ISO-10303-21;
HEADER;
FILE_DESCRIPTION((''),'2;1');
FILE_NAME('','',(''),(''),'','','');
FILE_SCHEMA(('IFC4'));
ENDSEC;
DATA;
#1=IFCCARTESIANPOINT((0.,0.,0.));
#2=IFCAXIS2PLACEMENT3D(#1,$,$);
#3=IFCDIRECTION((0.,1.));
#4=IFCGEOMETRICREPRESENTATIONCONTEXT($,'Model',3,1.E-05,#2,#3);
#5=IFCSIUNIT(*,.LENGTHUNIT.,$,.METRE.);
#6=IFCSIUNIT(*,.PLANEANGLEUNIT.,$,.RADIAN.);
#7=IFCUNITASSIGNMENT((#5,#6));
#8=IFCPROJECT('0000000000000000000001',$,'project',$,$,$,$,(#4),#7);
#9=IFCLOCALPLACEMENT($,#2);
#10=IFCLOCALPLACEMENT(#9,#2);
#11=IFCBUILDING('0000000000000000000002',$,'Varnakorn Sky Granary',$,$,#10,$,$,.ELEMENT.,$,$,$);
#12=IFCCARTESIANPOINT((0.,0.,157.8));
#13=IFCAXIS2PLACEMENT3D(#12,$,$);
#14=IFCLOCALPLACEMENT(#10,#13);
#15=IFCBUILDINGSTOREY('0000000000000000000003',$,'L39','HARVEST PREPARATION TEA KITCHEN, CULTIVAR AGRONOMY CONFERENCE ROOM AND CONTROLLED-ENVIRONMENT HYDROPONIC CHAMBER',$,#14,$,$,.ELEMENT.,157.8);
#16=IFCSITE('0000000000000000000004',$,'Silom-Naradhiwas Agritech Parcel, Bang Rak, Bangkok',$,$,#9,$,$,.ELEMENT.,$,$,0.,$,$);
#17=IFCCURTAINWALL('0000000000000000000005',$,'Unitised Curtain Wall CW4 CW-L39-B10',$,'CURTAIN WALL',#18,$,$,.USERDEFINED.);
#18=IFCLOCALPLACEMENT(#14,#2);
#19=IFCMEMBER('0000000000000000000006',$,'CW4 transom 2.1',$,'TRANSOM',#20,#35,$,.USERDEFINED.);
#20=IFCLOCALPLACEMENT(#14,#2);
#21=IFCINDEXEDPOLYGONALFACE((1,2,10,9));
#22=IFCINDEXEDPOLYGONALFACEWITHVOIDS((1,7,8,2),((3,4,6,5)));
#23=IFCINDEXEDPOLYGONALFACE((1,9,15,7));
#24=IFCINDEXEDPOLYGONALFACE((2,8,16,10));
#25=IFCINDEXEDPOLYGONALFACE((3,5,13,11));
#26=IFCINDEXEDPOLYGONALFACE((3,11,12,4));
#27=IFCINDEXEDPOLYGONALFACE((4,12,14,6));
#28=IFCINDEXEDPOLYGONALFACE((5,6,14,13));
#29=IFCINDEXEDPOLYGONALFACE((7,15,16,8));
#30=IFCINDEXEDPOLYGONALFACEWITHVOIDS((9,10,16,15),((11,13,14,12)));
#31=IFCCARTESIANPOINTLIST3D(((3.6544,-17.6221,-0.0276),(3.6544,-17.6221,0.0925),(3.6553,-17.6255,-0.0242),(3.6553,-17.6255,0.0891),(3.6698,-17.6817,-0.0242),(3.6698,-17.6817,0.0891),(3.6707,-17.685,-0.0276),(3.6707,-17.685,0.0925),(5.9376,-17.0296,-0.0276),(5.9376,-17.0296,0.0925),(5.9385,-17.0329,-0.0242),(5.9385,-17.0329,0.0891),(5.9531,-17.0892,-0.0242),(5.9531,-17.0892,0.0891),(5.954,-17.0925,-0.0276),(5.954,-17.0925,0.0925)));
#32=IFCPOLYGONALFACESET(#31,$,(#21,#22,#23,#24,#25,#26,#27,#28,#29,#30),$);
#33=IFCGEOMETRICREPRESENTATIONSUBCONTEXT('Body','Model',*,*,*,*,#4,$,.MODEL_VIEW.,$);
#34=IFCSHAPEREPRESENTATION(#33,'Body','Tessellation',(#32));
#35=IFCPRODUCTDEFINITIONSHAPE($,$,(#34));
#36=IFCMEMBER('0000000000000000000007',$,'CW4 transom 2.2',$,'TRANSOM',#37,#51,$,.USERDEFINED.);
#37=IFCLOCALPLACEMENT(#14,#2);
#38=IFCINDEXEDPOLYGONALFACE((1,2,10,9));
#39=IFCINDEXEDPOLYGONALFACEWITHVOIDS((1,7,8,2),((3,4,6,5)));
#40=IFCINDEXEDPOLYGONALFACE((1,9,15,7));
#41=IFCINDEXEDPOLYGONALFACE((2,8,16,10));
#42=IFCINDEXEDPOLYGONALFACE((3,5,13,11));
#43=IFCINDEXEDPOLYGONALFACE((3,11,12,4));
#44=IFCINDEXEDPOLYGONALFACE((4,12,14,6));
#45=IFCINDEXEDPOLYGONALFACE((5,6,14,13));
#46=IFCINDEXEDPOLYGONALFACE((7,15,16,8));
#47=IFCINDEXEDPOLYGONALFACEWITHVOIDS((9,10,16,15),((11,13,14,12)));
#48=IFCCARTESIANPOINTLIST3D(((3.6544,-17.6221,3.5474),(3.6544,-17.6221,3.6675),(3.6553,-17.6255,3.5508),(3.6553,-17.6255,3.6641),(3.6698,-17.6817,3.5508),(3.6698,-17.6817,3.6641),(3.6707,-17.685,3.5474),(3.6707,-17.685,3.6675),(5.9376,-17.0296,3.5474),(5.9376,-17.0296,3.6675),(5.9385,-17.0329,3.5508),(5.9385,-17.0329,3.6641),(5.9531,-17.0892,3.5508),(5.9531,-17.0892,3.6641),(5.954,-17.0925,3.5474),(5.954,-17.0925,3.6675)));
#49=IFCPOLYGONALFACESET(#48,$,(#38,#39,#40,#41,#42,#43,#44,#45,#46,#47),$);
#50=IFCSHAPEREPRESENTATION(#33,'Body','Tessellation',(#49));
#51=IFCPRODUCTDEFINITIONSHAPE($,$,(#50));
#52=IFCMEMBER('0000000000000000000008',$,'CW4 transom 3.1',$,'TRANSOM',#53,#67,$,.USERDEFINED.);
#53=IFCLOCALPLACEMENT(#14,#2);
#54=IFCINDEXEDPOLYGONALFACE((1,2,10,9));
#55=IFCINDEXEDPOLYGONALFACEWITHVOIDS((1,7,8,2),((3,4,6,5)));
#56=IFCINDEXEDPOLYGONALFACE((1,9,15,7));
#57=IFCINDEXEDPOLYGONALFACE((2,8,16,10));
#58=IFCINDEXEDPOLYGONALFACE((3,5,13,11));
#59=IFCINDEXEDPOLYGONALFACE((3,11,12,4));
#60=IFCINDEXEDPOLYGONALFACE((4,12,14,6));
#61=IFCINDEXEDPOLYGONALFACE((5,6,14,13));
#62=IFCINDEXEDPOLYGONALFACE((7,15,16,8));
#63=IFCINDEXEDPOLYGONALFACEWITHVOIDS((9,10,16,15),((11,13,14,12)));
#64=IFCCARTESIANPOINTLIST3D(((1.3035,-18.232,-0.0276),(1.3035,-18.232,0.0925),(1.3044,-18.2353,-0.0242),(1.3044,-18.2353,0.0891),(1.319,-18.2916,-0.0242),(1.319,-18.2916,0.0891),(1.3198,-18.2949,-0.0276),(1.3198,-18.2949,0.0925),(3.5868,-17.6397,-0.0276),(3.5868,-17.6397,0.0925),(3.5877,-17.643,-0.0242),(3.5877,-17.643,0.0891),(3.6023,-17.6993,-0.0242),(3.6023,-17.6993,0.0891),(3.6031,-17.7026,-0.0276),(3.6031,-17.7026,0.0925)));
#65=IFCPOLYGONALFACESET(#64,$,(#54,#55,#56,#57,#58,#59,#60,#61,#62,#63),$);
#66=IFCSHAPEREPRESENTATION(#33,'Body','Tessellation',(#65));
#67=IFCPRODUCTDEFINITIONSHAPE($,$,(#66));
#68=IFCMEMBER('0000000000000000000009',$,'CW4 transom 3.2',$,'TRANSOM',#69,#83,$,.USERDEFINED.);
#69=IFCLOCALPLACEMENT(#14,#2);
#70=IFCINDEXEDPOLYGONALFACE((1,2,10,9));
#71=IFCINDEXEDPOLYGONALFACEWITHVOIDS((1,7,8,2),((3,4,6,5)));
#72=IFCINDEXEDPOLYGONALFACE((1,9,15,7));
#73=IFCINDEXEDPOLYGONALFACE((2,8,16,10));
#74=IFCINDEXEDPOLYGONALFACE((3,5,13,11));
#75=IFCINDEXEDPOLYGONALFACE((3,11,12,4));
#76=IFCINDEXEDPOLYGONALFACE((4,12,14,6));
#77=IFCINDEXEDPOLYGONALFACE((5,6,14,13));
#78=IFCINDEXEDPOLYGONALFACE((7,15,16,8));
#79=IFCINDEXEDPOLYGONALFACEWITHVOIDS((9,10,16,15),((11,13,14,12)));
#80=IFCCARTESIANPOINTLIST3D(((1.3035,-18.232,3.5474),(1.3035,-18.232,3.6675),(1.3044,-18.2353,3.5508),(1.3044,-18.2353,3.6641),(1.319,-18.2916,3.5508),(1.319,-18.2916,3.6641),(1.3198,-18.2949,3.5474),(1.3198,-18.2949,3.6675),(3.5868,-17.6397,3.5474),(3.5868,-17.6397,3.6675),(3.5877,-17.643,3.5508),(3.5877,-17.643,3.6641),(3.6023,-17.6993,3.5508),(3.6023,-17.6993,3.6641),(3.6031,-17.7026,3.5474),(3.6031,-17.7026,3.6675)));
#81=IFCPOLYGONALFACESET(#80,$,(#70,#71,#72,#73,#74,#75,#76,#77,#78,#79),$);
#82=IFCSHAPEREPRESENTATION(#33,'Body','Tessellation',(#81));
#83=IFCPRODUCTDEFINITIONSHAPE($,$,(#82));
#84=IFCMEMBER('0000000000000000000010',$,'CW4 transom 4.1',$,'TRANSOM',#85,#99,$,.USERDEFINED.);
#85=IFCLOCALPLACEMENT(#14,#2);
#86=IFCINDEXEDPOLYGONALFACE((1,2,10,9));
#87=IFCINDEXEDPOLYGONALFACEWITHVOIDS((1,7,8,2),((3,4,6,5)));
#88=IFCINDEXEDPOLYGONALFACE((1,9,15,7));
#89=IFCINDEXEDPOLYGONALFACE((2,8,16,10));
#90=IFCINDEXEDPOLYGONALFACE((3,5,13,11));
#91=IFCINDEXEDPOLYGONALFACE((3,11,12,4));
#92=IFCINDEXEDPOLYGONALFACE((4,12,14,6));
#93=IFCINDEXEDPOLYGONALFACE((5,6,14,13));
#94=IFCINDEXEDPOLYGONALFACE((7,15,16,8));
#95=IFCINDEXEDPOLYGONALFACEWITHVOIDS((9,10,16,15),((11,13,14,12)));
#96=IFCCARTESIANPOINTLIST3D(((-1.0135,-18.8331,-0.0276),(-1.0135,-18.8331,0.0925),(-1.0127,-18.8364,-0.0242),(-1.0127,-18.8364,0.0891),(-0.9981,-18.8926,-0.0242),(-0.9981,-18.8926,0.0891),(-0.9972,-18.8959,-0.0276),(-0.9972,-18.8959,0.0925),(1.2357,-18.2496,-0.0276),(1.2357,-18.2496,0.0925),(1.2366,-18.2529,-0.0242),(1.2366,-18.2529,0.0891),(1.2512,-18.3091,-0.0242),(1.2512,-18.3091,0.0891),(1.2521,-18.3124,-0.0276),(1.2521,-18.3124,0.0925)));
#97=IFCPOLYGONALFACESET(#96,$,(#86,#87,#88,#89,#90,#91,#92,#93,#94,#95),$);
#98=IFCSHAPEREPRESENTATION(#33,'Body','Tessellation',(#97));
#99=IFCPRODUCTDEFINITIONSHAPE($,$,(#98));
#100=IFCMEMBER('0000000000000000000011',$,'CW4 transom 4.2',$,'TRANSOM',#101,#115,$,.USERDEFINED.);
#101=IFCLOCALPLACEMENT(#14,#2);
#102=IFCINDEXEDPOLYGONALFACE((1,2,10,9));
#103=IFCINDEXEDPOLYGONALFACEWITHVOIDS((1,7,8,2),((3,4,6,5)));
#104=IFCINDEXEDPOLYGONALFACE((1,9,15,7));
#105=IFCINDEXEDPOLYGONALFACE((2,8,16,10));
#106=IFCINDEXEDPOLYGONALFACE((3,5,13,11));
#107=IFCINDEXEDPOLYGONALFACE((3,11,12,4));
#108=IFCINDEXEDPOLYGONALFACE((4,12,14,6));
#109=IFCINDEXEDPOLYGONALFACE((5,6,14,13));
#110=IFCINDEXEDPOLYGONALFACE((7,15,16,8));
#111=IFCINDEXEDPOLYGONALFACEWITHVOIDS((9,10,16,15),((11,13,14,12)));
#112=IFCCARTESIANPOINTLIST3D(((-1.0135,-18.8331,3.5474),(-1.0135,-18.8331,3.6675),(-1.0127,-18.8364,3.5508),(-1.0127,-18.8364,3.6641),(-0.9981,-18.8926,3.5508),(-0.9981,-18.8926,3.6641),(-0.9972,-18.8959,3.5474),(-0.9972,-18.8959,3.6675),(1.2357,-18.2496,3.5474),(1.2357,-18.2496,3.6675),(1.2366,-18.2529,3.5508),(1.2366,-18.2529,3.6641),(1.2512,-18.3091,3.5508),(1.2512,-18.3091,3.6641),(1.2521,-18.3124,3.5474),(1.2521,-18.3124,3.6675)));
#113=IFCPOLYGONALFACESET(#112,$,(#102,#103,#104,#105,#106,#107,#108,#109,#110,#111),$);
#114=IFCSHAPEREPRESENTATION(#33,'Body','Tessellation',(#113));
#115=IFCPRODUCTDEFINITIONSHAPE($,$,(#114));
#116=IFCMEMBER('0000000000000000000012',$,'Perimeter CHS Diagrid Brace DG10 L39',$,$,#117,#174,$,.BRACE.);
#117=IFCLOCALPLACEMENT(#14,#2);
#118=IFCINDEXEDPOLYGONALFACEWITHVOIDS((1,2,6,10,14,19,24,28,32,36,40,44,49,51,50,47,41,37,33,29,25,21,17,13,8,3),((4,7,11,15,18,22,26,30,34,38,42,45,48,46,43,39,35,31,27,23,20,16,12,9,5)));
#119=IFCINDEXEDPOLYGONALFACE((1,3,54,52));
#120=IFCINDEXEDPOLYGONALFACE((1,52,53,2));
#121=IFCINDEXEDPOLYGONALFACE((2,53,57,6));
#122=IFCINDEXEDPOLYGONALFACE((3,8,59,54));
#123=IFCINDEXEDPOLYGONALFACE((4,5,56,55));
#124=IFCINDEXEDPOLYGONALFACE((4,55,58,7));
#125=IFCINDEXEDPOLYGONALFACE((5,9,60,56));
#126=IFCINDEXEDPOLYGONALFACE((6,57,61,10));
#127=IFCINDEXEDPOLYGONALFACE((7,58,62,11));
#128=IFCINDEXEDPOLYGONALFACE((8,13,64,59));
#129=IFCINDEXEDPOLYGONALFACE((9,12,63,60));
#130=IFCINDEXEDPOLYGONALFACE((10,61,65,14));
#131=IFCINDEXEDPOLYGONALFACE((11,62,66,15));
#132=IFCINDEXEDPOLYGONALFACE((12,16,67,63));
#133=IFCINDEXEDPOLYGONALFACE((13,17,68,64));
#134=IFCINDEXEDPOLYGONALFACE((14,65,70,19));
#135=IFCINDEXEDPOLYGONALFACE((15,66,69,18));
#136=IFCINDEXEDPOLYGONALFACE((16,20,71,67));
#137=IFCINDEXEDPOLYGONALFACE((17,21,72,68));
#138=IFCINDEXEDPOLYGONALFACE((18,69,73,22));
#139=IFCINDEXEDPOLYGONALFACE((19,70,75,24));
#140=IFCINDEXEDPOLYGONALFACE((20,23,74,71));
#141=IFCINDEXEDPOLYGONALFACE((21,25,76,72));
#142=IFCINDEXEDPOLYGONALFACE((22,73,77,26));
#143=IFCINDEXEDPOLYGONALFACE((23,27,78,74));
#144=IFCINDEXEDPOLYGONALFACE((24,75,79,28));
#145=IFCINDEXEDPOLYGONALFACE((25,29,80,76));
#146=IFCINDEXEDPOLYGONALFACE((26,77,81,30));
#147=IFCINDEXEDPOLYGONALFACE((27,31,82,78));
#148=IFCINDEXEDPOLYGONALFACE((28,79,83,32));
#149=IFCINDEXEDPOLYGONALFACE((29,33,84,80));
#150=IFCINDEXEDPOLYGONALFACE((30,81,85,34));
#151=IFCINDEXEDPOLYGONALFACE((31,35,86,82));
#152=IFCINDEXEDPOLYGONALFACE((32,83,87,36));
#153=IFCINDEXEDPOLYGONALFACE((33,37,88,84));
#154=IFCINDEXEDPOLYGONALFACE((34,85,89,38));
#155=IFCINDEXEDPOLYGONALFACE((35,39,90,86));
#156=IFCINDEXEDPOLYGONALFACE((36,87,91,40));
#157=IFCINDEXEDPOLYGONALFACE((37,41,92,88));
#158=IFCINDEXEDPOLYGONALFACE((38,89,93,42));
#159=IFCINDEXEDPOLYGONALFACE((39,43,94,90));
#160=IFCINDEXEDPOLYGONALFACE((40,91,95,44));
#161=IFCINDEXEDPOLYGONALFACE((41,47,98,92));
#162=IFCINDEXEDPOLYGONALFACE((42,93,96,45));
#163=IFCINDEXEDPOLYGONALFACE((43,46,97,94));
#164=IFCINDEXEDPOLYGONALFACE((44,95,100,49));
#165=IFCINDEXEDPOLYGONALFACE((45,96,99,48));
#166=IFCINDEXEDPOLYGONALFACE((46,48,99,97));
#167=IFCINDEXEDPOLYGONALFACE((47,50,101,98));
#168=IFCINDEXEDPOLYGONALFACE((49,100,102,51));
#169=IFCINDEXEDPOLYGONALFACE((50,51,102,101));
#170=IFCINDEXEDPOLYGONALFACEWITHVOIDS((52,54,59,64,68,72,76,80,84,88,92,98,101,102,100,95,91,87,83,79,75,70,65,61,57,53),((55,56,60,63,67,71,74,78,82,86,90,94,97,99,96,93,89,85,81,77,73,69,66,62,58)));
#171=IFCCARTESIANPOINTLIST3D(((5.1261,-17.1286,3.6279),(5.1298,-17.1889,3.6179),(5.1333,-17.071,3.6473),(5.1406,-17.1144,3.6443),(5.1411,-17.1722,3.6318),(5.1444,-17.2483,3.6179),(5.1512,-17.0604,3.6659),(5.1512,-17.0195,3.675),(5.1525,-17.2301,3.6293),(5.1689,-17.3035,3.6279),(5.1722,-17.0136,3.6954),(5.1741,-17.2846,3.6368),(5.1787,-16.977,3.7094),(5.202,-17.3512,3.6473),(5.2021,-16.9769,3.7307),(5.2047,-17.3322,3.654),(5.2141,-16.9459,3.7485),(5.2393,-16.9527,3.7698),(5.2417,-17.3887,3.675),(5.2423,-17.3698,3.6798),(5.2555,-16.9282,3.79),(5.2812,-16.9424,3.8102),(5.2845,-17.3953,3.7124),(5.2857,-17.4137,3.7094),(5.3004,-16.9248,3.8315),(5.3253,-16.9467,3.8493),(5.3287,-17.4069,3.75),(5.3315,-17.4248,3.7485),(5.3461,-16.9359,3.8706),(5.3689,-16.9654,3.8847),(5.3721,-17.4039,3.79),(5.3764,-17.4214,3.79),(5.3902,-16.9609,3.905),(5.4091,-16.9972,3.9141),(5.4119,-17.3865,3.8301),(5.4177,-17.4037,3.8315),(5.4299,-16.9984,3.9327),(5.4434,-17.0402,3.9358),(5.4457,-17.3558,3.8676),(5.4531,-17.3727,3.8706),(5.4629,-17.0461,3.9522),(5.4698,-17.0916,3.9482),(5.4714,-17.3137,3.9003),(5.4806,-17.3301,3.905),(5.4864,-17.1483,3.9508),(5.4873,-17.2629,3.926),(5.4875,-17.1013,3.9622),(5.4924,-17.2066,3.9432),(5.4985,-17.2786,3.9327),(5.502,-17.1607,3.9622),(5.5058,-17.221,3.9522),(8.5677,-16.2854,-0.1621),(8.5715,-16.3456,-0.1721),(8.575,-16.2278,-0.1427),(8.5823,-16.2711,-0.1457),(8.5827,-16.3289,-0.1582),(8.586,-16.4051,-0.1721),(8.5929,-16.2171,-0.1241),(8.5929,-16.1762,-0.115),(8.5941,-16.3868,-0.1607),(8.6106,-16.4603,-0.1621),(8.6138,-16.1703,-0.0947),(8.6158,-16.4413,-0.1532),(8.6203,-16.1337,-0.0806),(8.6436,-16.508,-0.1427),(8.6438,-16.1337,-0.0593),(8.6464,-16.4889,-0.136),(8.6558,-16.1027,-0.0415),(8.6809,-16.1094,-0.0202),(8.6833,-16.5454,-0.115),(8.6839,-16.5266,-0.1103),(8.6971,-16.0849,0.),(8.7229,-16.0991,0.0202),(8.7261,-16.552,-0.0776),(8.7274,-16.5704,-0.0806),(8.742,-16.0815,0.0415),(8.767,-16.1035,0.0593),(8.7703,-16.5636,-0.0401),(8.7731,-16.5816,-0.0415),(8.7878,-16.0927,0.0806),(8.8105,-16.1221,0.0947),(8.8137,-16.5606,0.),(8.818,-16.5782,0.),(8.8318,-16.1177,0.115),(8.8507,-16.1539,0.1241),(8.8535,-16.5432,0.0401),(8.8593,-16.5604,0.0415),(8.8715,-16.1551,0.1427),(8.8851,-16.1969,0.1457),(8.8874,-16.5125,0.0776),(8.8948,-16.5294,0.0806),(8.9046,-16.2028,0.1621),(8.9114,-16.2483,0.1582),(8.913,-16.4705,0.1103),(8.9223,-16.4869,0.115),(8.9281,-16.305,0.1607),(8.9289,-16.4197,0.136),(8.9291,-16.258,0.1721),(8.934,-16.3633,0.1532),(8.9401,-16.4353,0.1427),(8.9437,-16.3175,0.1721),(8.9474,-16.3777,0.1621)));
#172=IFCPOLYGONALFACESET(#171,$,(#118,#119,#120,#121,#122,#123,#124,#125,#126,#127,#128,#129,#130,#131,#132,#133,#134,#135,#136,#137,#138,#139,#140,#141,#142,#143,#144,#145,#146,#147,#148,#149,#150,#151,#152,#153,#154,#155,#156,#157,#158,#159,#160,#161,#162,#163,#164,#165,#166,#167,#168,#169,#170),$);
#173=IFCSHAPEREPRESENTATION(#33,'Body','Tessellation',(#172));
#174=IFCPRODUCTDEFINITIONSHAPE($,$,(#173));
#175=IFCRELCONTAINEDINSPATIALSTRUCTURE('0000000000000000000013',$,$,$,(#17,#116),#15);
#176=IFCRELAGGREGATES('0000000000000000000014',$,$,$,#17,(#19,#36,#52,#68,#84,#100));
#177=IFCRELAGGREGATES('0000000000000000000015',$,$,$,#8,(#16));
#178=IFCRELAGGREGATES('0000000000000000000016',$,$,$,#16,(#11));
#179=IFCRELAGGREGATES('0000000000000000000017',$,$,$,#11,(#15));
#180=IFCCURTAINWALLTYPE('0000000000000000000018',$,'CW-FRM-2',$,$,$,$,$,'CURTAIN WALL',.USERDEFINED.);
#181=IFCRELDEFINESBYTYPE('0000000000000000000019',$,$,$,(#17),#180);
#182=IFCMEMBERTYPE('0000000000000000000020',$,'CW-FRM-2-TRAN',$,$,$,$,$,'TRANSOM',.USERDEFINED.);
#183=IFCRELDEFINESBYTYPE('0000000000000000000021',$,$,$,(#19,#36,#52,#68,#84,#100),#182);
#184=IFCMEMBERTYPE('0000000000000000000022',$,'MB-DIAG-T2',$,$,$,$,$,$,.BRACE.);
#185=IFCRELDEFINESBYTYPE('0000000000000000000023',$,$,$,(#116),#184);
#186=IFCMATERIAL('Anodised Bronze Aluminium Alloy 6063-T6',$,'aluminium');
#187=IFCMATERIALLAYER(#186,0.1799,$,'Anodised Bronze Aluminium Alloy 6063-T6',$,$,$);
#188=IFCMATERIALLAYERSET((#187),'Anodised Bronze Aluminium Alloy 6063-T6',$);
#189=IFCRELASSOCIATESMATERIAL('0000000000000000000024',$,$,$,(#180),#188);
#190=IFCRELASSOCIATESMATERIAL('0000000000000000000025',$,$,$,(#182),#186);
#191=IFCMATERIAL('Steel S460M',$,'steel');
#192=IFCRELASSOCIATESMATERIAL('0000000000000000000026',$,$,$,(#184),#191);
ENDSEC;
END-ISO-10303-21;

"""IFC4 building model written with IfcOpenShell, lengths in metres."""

from ifc_helpers import new_model, si_unit, direction, frame, origin, origin_2d, place, context, subcontext, project, spatial, hollow_rectangle, hollow_circle, extrude, material, layer, layer_set, material_profile, profile_set, type_object, element, aggregate, save


model = new_model("IFC4")

# Units and contexts
model_context = context("Model", 3, precision=1e-05, world=origin(), true_north=direction((0.0, 1.0)))
body_context = subcontext(model_context, "Body", "Model", "MODEL_VIEW")
ifc_project = project(units=[si_unit("LENGTHUNIT", "METRE"), si_unit("PLANEANGLEUNIT", "RADIAN")], contexts=[model_context])

# Site, building, storey
site_placement = place(None, origin())
site = spatial("IfcSite", under=ifc_project, at=site_placement, Name="Silom-Naradhiwas Agritech Parcel, Bang Rak, Bangkok", CompositionType="ELEMENT", RefElevation=0.0)
building_placement = place(site_placement, origin())
building = spatial("IfcBuilding", under=site, at=building_placement, Name="Varnakorn Sky Granary", CompositionType="ELEMENT")
storey_placement = place(building_placement, frame((0.0, 0.0, 157.8)))
storey = spatial("IfcBuildingStorey", under=building, at=storey_placement, Name="L39", Description="HARVEST PREPARATION TEA KITCHEN, CULTIVAR AGRONOMY CONFERENCE ROOM AND CONTROLLED-ENVIRONMENT HYDROPONIC CHAMBER", CompositionType="ELEMENT", Elevation=157.8)

# Shared definitions
ifc_material_1 = material(Name="Steel S460M", Category="steel")

# Curtain wall, members
ifc_material_2 = material(Name="Anodised Bronze Aluminium Alloy 6063-T6", Category="aluminium")
ifc_layer_1 = layer(ifc_material_2, 0.1799, Name="Anodised Bronze Aluminium Alloy 6063-T6")
ifc_layer_set_1 = layer_set([ifc_layer_1], Name="Anodised Bronze Aluminium Alloy 6063-T6")
curtain_wall_type = type_object("IfcCurtainWallType", Name="CW-FRM-2", ElementType="CURTAIN WALL", PredefinedType="USERDEFINED", material=ifc_layer_set_1)
curtain_wall_placement = place(storey_placement, origin())
curtain_wall = element("IfcCurtainWall", 1, at=curtain_wall_placement, inside=storey, type_object=curtain_wall_type, Name="Unitised Curtain Wall CW4 CW-L39-B10", ObjectType="CURTAIN WALL", PredefinedType="USERDEFINED")
ifc_material_profile_1 = material_profile(ifc_material_2, hollow_rectangle(XDim=0.0649, YDim=0.1201, WallThickness=0.0034, at=origin_2d()), Name="ALU TRAN 65x120")
ifc_profile_set_1 = profile_set([ifc_material_profile_1], Name="Anodised Bronze Aluminium Alloy 6063-T6")
member_type_1 = type_object("IfcMemberType", Name="CW-FRM-2-TRAN", ElementType="TRANSOM", PredefinedType="USERDEFINED", material=ifc_profile_set_1)
member_1_placement = place(storey_placement, frame((5.9458, -17.061, 0.0325), z_axis=(-0.967936, -0.251196, 0.0), x_axis=(0.251196, -0.967936, 0.0)))
member_1 = element("IfcMember", 2, at=member_1_placement, type_object=member_type_1, Name="CW4 transom 2.1", ObjectType="TRANSOM", PredefinedType="USERDEFINED", context=body_context, shape_type="SweptSolid", body=[
    extrude(hollow_rectangle(XDim=0.0649, YDim=0.1201, WallThickness=0.0034, at=origin_2d()), origin(), (0.0, 0.0, 1.0), 2.3589),
])
member_2_placement = place(storey_placement, frame((5.9458, -17.061, 3.6074), z_axis=(-0.967936, -0.251196, 0.0), x_axis=(0.251196, -0.967936, 0.0)))
member_2 = element("IfcMember", 3, at=member_2_placement, type_object=member_type_1, Name="CW4 transom 2.2", ObjectType="TRANSOM", PredefinedType="USERDEFINED", context=body_context, shape_type="SweptSolid", body=[
    extrude(hollow_rectangle(XDim=0.0649, YDim=0.1201, WallThickness=0.0034, at=origin_2d()), origin(), (0.0, 0.0, 1.0), 2.3589),
])
member_3_placement = place(storey_placement, frame((3.595, -17.6711, 0.0325), z_axis=(-0.967962, -0.251099, 0.0), x_axis=(0.251099, -0.967962, 0.0)))
member_3 = element("IfcMember", 4, at=member_3_placement, type_object=member_type_1, Name="CW4 transom 3.1", ObjectType="TRANSOM", PredefinedType="USERDEFINED", context=body_context, shape_type="SweptSolid", body=[
    extrude(hollow_rectangle(XDim=0.0649, YDim=0.1201, WallThickness=0.0034, at=origin_2d()), origin(), (0.0, 0.0, 1.0), 2.3589),
])
member_4_placement = place(storey_placement, frame((3.595, -17.6711, 3.6074), z_axis=(-0.967962, -0.251099, 0.0), x_axis=(0.251099, -0.967962, 0.0)))
member_4 = element("IfcMember", 5, at=member_4_placement, type_object=member_type_1, Name="CW4 transom 3.2", ObjectType="TRANSOM", PredefinedType="USERDEFINED", context=body_context, shape_type="SweptSolid", body=[
    extrude(hollow_rectangle(XDim=0.0649, YDim=0.1201, WallThickness=0.0034, at=origin_2d()), origin(), (0.0, 0.0, 1.0), 2.3589),
])
member_5_placement = place(storey_placement, frame((1.2439, -18.281, 0.0325), z_axis=(-0.96796, -0.251104, 0.0), x_axis=(0.251104, -0.96796, 0.0)))
member_5 = element("IfcMember", 6, at=member_5_placement, type_object=member_type_1, Name="CW4 transom 4.1", ObjectType="TRANSOM", PredefinedType="USERDEFINED", context=body_context, shape_type="SweptSolid", body=[
    extrude(hollow_rectangle(XDim=0.0649, YDim=0.1201, WallThickness=0.0034, at=origin_2d()), origin(), (0.0, 0.0, 1.0), 2.3237),
])
member_6_placement = place(storey_placement, frame((1.2439, -18.281, 3.6074), z_axis=(-0.96796, -0.251104, 0.0), x_axis=(0.251104, -0.96796, 0.0)))
member_6 = element("IfcMember", 7, at=member_6_placement, type_object=member_type_1, Name="CW4 transom 4.2", ObjectType="TRANSOM", PredefinedType="USERDEFINED", context=body_context, shape_type="SweptSolid", body=[
    extrude(hollow_rectangle(XDim=0.0649, YDim=0.1201, WallThickness=0.0034, at=origin_2d()), origin(), (0.0, 0.0, 1.0), 2.3237),
])

# Member
ifc_material_profile_2 = material_profile(ifc_material_1, hollow_circle(Radius=0.2539, WallThickness=0.0181, at=origin_2d()), Name="CHS 508x18")
ifc_profile_set_2 = profile_set([ifc_material_profile_2], Name="Steel S460M")
member_type_2 = type_object("IfcMemberType", Name="MB-DIAG-T2", PredefinedType="BRACE", material=ifc_profile_set_2)
member_7_placement = place(storey_placement, frame((8.7576, -16.3315, 0.0), z_axis=(-0.663324, -0.162525, 0.73047), x_axis=(0.237978, -0.971271, 0.0)))
element("IfcMember", 8, at=member_7_placement, inside=storey, type_object=member_type_2, Name="Perimeter CHS Diagrid Brace DG10 L39", PredefinedType="BRACE", context=body_context, shape_type="SweptSolid", body=[
    extrude(hollow_circle(Radius=0.2539, WallThickness=0.0181, at=origin_2d()), origin(), (0.0, 0.0, 1.0), 5.1885),
])

aggregate(curtain_wall, [member_1, member_2, member_3, member_4, member_5, member_6])

save(model, "model.ifc")
